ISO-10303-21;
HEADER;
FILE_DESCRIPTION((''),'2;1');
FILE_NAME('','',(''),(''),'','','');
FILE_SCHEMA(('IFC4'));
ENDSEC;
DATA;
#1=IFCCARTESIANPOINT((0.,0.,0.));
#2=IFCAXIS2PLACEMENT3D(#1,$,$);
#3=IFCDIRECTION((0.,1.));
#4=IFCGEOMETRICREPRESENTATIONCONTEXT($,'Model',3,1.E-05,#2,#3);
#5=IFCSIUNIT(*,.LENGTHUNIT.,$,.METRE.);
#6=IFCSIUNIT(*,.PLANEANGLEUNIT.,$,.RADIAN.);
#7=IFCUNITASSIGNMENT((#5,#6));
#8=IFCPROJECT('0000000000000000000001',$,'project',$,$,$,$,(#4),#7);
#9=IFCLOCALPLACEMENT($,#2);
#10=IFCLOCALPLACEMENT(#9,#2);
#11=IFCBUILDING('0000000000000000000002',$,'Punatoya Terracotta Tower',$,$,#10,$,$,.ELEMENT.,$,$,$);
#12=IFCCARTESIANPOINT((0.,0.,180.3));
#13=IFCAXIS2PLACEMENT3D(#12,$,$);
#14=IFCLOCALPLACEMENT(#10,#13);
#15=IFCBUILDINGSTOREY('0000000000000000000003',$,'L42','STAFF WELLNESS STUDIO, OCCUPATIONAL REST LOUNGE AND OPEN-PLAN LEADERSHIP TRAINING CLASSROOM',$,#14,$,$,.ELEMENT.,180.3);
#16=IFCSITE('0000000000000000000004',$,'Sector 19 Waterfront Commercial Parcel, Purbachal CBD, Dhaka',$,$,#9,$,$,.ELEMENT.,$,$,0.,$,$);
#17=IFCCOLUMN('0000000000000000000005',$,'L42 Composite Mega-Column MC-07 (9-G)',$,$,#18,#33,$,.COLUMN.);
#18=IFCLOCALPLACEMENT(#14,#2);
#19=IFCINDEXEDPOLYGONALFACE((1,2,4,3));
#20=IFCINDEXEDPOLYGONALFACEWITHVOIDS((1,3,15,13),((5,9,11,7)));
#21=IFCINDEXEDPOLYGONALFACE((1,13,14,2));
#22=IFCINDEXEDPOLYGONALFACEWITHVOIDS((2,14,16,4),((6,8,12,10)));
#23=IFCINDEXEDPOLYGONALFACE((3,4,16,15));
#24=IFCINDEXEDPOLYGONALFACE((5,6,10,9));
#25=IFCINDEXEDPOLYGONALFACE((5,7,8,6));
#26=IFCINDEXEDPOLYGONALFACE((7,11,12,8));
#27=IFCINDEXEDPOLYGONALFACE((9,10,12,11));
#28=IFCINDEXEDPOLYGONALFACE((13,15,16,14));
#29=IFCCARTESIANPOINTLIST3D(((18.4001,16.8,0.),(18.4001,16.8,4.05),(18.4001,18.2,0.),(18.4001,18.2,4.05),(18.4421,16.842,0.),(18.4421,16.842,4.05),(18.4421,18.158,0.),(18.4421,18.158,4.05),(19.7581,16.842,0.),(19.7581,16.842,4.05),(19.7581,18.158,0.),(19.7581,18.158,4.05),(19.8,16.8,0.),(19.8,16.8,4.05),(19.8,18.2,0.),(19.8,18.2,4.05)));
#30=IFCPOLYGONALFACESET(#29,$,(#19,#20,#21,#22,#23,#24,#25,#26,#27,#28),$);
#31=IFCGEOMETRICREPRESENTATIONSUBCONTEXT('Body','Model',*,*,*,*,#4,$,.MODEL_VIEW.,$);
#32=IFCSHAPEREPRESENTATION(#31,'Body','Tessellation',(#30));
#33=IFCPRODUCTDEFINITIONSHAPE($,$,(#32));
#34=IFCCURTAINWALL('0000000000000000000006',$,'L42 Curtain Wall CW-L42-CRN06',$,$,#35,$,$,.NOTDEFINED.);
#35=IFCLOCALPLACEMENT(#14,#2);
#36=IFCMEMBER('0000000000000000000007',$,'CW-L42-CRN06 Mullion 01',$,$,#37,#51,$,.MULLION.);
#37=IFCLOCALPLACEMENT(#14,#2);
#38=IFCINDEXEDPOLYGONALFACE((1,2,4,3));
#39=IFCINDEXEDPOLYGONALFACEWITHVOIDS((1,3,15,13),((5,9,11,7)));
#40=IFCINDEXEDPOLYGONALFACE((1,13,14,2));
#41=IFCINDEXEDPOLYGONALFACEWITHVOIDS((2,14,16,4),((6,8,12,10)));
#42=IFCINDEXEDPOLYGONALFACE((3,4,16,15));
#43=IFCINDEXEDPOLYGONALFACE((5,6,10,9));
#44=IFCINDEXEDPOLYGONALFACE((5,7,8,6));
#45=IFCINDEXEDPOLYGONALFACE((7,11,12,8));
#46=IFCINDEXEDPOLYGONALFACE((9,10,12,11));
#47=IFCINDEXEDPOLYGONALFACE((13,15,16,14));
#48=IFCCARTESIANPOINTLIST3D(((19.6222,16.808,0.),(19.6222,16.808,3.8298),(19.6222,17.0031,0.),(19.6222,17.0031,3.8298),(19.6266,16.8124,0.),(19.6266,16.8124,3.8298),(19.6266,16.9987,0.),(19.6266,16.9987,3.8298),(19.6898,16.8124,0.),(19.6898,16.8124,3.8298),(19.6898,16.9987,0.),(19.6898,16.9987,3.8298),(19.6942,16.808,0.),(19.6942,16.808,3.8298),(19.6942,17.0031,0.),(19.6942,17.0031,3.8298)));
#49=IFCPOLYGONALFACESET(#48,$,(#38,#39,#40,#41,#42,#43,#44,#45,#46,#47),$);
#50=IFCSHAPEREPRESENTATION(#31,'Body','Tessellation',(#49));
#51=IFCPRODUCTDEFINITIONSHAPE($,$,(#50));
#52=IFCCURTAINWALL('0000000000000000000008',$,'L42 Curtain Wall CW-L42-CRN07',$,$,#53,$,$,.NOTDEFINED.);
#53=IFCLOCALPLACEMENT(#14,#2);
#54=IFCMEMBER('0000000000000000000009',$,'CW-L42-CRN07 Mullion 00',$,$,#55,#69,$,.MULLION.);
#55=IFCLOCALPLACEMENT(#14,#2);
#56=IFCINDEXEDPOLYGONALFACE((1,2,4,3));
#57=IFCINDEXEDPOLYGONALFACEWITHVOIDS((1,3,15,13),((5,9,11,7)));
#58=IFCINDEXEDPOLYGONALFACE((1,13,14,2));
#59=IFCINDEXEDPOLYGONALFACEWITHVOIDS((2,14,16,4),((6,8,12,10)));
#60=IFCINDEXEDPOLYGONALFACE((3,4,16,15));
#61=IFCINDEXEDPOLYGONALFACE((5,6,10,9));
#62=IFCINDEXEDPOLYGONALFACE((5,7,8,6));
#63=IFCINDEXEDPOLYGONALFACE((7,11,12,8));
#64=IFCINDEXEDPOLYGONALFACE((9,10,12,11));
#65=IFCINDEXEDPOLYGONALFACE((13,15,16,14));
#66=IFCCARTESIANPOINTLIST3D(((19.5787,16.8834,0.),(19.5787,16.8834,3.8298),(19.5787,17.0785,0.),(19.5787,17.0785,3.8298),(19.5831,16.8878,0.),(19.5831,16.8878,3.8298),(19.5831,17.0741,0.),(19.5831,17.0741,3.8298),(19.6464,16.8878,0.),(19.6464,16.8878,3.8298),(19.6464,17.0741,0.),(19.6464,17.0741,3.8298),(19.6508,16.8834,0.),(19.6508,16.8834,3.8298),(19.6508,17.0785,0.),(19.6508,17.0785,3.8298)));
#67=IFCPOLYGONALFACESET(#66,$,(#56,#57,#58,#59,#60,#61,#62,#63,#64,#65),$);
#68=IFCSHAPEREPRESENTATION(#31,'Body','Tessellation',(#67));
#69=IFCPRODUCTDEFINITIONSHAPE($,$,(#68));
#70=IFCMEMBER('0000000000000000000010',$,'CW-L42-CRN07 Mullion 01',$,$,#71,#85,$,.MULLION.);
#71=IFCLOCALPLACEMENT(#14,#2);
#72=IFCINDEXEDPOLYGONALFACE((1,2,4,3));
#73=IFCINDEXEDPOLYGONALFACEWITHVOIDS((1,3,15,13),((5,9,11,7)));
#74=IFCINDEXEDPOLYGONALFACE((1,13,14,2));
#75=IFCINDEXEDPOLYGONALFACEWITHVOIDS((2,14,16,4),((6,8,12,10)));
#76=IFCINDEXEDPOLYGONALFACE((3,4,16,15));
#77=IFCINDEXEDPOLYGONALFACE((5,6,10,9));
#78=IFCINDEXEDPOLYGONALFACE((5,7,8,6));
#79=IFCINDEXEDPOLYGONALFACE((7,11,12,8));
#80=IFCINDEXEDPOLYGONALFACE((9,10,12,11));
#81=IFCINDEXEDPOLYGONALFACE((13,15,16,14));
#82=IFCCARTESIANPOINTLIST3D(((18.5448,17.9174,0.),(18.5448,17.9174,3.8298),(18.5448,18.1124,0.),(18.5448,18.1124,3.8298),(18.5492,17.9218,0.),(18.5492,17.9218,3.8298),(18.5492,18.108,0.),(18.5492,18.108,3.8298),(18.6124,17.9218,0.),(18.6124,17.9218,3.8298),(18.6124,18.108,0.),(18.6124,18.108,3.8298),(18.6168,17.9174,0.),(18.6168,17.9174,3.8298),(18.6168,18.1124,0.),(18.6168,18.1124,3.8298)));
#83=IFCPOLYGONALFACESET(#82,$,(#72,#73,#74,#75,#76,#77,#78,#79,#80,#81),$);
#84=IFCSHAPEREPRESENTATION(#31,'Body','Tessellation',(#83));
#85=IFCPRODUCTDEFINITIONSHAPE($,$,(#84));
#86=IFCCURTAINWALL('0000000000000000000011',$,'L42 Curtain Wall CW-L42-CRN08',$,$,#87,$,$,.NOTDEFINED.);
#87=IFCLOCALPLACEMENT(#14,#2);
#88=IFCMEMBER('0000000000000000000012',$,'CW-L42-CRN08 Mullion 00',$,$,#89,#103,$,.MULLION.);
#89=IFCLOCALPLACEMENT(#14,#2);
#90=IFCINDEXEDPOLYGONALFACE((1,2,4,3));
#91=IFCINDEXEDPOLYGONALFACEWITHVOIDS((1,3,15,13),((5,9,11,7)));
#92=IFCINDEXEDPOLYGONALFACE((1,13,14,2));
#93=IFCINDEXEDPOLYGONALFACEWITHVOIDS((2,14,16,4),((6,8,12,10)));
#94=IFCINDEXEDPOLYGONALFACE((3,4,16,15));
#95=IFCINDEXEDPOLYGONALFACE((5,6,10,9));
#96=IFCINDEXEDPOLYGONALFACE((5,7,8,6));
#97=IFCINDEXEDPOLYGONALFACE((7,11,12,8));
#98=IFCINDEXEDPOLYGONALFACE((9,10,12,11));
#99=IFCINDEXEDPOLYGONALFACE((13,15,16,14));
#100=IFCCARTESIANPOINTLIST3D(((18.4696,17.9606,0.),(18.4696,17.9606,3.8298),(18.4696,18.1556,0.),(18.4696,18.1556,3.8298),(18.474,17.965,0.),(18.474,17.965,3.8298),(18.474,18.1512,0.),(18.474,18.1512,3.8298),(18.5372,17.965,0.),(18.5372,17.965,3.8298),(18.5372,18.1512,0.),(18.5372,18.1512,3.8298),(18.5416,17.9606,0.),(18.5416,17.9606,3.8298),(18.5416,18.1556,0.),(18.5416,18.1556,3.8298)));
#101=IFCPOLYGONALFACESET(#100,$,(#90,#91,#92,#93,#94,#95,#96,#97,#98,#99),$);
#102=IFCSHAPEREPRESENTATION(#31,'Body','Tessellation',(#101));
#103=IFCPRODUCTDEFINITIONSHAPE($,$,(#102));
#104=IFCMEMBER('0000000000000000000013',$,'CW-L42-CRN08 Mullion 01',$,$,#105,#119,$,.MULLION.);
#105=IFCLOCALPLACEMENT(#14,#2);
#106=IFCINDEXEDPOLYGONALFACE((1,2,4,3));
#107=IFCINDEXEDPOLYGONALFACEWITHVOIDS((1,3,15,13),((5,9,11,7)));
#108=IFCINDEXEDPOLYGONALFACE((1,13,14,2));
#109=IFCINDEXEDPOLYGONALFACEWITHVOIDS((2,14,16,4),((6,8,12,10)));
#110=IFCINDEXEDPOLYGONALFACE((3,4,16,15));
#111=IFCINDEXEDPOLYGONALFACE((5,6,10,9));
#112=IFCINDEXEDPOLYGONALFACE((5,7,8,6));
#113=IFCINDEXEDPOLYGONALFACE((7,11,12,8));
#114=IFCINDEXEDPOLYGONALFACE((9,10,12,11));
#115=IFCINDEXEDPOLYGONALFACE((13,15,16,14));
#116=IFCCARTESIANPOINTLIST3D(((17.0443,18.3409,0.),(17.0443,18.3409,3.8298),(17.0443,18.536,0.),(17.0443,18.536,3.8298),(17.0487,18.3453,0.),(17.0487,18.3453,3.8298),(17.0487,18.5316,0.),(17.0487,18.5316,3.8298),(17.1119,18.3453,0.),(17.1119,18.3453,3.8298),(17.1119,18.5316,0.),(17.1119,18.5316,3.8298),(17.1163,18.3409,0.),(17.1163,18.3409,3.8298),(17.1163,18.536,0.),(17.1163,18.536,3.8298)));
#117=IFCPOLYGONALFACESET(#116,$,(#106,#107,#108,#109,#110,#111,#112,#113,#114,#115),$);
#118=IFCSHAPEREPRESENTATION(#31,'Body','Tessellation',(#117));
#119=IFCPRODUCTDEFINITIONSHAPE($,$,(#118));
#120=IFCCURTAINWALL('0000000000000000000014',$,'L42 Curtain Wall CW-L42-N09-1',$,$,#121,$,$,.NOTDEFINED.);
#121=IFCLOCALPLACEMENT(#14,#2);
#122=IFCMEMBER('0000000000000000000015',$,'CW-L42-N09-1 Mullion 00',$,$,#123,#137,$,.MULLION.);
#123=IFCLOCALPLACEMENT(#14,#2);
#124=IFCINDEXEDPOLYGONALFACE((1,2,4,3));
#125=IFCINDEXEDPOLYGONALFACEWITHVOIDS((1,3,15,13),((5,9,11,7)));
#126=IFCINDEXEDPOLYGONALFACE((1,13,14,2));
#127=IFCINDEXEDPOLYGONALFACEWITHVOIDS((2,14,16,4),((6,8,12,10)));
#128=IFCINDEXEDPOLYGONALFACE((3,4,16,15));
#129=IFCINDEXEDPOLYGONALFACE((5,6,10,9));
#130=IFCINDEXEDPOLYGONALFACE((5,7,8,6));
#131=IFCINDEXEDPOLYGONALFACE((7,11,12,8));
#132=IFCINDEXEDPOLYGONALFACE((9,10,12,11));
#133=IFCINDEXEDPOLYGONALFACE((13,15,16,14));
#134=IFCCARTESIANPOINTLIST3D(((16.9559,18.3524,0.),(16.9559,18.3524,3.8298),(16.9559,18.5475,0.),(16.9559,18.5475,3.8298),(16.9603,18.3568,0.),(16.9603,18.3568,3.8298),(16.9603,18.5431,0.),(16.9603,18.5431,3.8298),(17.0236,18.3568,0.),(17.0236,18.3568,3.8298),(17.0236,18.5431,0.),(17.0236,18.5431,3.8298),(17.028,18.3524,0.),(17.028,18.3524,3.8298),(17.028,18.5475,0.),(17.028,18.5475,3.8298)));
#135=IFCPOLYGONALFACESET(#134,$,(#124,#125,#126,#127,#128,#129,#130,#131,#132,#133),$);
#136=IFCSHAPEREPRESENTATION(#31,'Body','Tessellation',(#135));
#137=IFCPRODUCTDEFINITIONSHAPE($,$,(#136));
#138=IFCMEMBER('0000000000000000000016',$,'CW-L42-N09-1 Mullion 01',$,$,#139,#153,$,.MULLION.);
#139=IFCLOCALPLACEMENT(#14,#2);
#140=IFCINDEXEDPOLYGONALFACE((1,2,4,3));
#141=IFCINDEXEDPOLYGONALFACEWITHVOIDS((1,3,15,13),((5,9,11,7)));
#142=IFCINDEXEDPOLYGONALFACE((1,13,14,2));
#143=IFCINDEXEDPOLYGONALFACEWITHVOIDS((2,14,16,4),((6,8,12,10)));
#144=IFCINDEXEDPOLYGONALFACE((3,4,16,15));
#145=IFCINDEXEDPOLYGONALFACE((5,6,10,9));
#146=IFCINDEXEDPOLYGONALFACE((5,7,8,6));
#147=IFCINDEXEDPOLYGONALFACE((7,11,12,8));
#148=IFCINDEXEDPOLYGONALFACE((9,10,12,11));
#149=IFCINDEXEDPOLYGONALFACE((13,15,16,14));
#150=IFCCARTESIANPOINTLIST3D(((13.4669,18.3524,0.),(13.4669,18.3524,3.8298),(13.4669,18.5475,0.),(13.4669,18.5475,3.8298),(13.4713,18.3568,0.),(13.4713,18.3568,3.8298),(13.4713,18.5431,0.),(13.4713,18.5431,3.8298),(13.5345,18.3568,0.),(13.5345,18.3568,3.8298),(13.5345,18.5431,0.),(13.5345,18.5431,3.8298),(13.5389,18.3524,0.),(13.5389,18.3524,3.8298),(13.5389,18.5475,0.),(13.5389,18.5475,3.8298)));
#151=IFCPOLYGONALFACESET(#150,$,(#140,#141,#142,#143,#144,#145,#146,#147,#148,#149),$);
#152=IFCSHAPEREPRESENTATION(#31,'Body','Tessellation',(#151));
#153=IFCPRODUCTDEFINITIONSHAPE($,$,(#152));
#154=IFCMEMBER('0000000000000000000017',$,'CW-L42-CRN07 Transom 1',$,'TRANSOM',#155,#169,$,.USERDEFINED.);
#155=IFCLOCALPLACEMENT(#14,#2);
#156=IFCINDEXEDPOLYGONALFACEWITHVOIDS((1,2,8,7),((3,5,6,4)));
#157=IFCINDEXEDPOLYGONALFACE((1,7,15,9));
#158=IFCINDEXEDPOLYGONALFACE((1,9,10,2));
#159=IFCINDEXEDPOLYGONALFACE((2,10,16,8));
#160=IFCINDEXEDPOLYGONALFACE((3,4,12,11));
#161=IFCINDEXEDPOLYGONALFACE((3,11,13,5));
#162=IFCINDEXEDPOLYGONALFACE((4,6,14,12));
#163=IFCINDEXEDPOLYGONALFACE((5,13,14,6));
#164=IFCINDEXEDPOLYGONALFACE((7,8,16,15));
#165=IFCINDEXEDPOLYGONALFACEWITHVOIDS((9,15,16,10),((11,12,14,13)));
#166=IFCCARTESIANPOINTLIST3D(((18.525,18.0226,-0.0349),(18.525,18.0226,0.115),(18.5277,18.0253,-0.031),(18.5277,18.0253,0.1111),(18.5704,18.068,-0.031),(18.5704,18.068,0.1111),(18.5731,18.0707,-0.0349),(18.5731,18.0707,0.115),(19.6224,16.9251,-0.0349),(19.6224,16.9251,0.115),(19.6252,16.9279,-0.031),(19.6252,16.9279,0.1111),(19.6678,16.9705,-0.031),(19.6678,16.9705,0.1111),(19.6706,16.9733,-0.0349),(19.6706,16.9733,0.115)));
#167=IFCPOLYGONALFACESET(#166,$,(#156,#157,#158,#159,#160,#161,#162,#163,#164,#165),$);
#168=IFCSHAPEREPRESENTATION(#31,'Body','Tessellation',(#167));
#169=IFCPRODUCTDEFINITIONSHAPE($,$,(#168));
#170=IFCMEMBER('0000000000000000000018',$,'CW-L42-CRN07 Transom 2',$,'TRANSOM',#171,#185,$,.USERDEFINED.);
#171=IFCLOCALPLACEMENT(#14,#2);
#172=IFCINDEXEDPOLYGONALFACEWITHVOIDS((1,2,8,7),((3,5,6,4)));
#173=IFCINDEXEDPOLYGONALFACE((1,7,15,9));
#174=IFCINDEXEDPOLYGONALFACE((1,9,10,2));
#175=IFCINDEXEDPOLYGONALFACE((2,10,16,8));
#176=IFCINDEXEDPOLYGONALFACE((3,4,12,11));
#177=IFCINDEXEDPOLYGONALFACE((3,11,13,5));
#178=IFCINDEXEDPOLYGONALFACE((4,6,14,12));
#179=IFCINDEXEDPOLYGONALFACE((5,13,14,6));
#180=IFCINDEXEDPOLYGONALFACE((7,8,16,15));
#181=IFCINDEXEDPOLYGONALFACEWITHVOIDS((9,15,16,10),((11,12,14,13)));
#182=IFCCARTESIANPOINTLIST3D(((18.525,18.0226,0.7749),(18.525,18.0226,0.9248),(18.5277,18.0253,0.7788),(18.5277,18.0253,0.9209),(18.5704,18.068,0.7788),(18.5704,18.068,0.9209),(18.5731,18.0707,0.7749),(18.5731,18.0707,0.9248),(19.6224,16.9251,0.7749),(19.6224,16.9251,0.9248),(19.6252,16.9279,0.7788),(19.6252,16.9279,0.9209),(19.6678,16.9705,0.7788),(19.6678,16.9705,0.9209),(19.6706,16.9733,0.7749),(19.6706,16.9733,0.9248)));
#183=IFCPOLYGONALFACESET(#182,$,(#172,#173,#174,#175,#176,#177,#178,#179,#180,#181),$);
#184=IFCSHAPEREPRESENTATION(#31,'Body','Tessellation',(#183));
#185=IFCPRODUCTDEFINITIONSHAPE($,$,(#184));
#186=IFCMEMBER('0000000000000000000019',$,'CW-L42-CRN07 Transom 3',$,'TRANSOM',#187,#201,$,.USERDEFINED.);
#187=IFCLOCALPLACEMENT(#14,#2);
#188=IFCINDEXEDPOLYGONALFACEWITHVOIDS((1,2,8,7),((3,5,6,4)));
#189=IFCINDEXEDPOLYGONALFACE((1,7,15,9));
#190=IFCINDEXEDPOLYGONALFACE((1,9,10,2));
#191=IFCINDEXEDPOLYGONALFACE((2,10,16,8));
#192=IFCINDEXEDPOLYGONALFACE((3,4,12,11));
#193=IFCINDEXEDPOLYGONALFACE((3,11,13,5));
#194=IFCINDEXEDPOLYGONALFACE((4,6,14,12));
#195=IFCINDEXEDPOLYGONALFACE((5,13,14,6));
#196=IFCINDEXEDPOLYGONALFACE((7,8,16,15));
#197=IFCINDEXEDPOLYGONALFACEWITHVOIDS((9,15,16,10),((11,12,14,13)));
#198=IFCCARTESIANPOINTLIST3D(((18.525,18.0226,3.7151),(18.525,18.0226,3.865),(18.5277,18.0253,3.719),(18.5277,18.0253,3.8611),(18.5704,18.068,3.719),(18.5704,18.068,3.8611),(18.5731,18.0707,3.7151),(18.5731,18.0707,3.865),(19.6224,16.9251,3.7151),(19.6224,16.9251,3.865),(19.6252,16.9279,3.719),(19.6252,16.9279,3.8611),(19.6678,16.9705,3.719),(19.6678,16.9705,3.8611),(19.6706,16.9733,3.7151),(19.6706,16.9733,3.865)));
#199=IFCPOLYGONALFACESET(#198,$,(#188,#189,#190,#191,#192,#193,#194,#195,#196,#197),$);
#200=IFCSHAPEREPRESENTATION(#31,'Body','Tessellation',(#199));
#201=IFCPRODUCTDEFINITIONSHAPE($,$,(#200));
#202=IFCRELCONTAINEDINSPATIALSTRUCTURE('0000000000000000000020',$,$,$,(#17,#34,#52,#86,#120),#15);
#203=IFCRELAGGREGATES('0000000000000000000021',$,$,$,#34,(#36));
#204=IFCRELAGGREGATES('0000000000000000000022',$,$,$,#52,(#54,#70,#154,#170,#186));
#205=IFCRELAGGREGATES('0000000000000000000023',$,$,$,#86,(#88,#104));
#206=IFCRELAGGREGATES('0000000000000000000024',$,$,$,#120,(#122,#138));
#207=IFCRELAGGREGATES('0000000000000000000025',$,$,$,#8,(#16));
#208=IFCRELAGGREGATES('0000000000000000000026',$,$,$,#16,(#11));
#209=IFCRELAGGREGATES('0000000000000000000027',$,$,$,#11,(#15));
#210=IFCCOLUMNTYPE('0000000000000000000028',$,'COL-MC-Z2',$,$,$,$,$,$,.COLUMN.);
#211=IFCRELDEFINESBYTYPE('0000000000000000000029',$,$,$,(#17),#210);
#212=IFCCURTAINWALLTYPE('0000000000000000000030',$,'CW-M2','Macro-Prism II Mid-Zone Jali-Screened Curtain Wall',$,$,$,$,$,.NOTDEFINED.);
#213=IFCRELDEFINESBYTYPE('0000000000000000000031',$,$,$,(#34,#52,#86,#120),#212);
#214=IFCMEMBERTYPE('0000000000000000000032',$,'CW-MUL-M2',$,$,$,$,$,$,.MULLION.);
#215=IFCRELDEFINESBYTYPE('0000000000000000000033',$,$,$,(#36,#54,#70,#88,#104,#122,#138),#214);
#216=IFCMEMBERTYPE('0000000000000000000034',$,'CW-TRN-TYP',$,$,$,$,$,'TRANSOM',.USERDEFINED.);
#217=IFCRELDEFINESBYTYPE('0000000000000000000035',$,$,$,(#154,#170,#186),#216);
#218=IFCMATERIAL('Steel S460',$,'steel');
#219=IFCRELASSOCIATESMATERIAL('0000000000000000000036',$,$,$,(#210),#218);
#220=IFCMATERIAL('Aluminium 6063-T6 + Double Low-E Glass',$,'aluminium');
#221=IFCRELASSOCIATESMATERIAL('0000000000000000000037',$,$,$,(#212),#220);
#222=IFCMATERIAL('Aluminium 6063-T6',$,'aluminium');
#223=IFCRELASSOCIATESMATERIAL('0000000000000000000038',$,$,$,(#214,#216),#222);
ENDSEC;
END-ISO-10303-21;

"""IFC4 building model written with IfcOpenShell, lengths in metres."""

from ifc_helpers import new_model, si_unit, direction, frame, origin, origin_2d, place, context, subcontext, project, spatial, hollow_rectangle, extrude, material, material_profile, profile_set, type_object, element, aggregate, save


model = new_model("IFC4")

# Units and contexts
model_context = context("Model", 3, precision=1e-05, world=origin(), true_north=direction((0.0, 1.0)))
body_context = subcontext(model_context, "Body", "Model", "MODEL_VIEW")
ifc_project = project(units=[si_unit("LENGTHUNIT", "METRE"), si_unit("PLANEANGLEUNIT", "RADIAN")], contexts=[model_context])

# Site, building, storey
site_placement = place(None, origin())
site = spatial("IfcSite", under=ifc_project, at=site_placement, Name="Sector 19 Waterfront Commercial Parcel, Purbachal CBD, Dhaka", CompositionType="ELEMENT", RefElevation=0.0)
building_placement = place(site_placement, origin())
building = spatial("IfcBuilding", under=site, at=building_placement, Name="Punatoya Terracotta Tower", CompositionType="ELEMENT")
storey_placement = place(building_placement, frame((0.0, 0.0, 180.3)))
storey = spatial("IfcBuildingStorey", under=building, at=storey_placement, Name="L42", Description="STAFF WELLNESS STUDIO, OCCUPATIONAL REST LOUNGE AND OPEN-PLAN LEADERSHIP TRAINING CLASSROOM", CompositionType="ELEMENT", Elevation=180.3)

# Column
ifc_material_1 = material(Name="Steel S460", Category="steel")
ifc_material_profile_1 = material_profile(ifc_material_1, hollow_rectangle(XDim=1.3999, YDim=1.3999, WallThickness=0.042, at=origin_2d()))
ifc_profile_set_1 = profile_set([ifc_material_profile_1], Name="Steel S460")
column_type = type_object("IfcColumnType", Name="COL-MC-Z2", PredefinedType="COLUMN", material=ifc_profile_set_1)
column_placement = place(storey_placement, frame((19.1001, 17.5, 0.0), z_axis=(0.0, 0.0, 1.0), x_axis=(1.0, 0.0, 0.0)))
element("IfcColumn", 1, at=column_placement, inside=storey, type_object=column_type, Name="L42 Composite Mega-Column MC-07 (9-G)", PredefinedType="COLUMN", context=body_context, shape_type="SweptSolid", body=[
    extrude(hollow_rectangle(XDim=1.3999, YDim=1.3999, WallThickness=0.042, at=origin_2d()), origin(), (0.0, 0.0, 1.0), 4.05),
])

# Curtain wall, member
ifc_material_2 = material(Name="Aluminium 6063-T6 + Double Low-E Glass", Category="aluminium")
curtain_wall_type = type_object("IfcCurtainWallType", Name="CW-M2", Description="Macro-Prism II Mid-Zone Jali-Screened Curtain Wall", PredefinedType="NOTDEFINED", material=ifc_material_2)
curtain_wall_1_placement = place(storey_placement, origin())
curtain_wall_1 = element("IfcCurtainWall", 2, at=curtain_wall_1_placement, inside=storey, type_object=curtain_wall_type, Name="L42 Curtain Wall CW-L42-CRN06", PredefinedType="NOTDEFINED")
ifc_material_3 = material(Name="Aluminium 6063-T6", Category="aluminium")
ifc_material_profile_2 = material_profile(ifc_material_3, hollow_rectangle(XDim=0.072, YDim=0.1951, WallThickness=0.0044, at=origin_2d()))
ifc_profile_set_2 = profile_set([ifc_material_profile_2], Name="Aluminium 6063-T6")
member_type_1 = type_object("IfcMemberType", Name="CW-MUL-M2", PredefinedType="MULLION", material=ifc_profile_set_2)
member_1_placement = place(storey_placement, frame((19.6582, 16.9055, 0.0), z_axis=(0.0, 0.0, 1.0), x_axis=(1.0, 0.0, 0.0)))
member_1 = element("IfcMember", 3, at=member_1_placement, type_object=member_type_1, Name="CW-L42-CRN06 Mullion 01", PredefinedType="MULLION", context=body_context, shape_type="SweptSolid", body=[
    extrude(hollow_rectangle(XDim=0.072, YDim=0.1951, WallThickness=0.0044, at=origin_2d()), origin(), (0.0, 0.0, 1.0), 3.8298),
])

# Curtain walls, members
curtain_wall_2_placement = place(storey_placement, origin())
curtain_wall_2 = element("IfcCurtainWall", 4, at=curtain_wall_2_placement, inside=storey, type_object=curtain_wall_type, Name="L42 Curtain Wall CW-L42-CRN07", PredefinedType="NOTDEFINED")
member_2_placement = place(storey_placement, frame((19.6147, 16.981, 0.0), z_axis=(0.0, 0.0, 1.0), x_axis=(1.0, 0.0, 0.0)))
member_2 = element("IfcMember", 5, at=member_2_placement, type_object=member_type_1, Name="CW-L42-CRN07 Mullion 00", PredefinedType="MULLION", context=body_context, shape_type="SweptSolid", body=[
    extrude(hollow_rectangle(XDim=0.072, YDim=0.1951, WallThickness=0.0044, at=origin_2d()), origin(), (0.0, 0.0, 1.0), 3.8298),
])
member_3_placement = place(storey_placement, frame((18.5808, 18.0149, 0.0), z_axis=(0.0, 0.0, 1.0), x_axis=(1.0, 0.0, 0.0)))
member_3 = element("IfcMember", 6, at=member_3_placement, type_object=member_type_1, Name="CW-L42-CRN07 Mullion 01", PredefinedType="MULLION", context=body_context, shape_type="SweptSolid", body=[
    extrude(hollow_rectangle(XDim=0.072, YDim=0.1951, WallThickness=0.0044, at=origin_2d()), origin(), (0.0, 0.0, 1.0), 3.8298),
])
curtain_wall_3_placement = place(storey_placement, origin())
curtain_wall_3 = element("IfcCurtainWall", 7, at=curtain_wall_3_placement, inside=storey, type_object=curtain_wall_type, Name="L42 Curtain Wall CW-L42-CRN08", PredefinedType="NOTDEFINED")
member_4_placement = place(storey_placement, frame((18.5056, 18.0581, 0.0), z_axis=(0.0, 0.0, 1.0), x_axis=(1.0, 0.0, 0.0)))
member_4 = element("IfcMember", 8, at=member_4_placement, type_object=member_type_1, Name="CW-L42-CRN08 Mullion 00", PredefinedType="MULLION", context=body_context, shape_type="SweptSolid", body=[
    extrude(hollow_rectangle(XDim=0.072, YDim=0.1951, WallThickness=0.0044, at=origin_2d()), origin(), (0.0, 0.0, 1.0), 3.8298),
])
member_5_placement = place(storey_placement, frame((17.0803, 18.4385, 0.0), z_axis=(0.0, 0.0, 1.0), x_axis=(1.0, 0.0, 0.0)))
member_5 = element("IfcMember", 9, at=member_5_placement, type_object=member_type_1, Name="CW-L42-CRN08 Mullion 01", PredefinedType="MULLION", context=body_context, shape_type="SweptSolid", body=[
    extrude(hollow_rectangle(XDim=0.072, YDim=0.1951, WallThickness=0.0044, at=origin_2d()), origin(), (0.0, 0.0, 1.0), 3.8298),
])
curtain_wall_4_placement = place(storey_placement, origin())
curtain_wall_4 = element("IfcCurtainWall", 10, at=curtain_wall_4_placement, inside=storey, type_object=curtain_wall_type, Name="L42 Curtain Wall CW-L42-N09-1", PredefinedType="NOTDEFINED")
member_6_placement = place(storey_placement, frame((16.9919, 18.45, 0.0), z_axis=(0.0, 0.0, 1.0), x_axis=(1.0, 0.0, 0.0)))
member_6 = element("IfcMember", 11, at=member_6_placement, type_object=member_type_1, Name="CW-L42-N09-1 Mullion 00", PredefinedType="MULLION", context=body_context, shape_type="SweptSolid", body=[
    extrude(hollow_rectangle(XDim=0.072, YDim=0.1951, WallThickness=0.0044, at=origin_2d()), origin(), (0.0, 0.0, 1.0), 3.8298),
])
member_7_placement = place(storey_placement, frame((13.5029, 18.45, 0.0), z_axis=(0.0, 0.0, 1.0), x_axis=(1.0, 0.0, 0.0)))
member_7 = element("IfcMember", 12, at=member_7_placement, type_object=member_type_1, Name="CW-L42-N09-1 Mullion 01", PredefinedType="MULLION", context=body_context, shape_type="SweptSolid", body=[
    extrude(hollow_rectangle(XDim=0.072, YDim=0.1951, WallThickness=0.0044, at=origin_2d()), origin(), (0.0, 0.0, 1.0), 3.8298),
])

# Members
ifc_material_profile_3 = material_profile(ifc_material_3, hollow_rectangle(XDim=0.0681, YDim=0.1499, WallThickness=0.0039, at=origin_2d()))
ifc_profile_set_3 = profile_set([ifc_material_profile_3], Name="Aluminium 6063-T6")
member_type_2 = type_object("IfcMemberType", Name="CW-TRN-TYP", ElementType="TRANSOM", PredefinedType="USERDEFINED", material=ifc_profile_set_3)
member_8_placement = place(storey_placement, frame((19.6465, 16.9492, 0.04), z_axis=(-0.707107, 0.707107, 0.0), x_axis=(-0.707107, -0.707107, 0.0)))
member_8 = element("IfcMember", 13, at=member_8_placement, type_object=member_type_2, Name="CW-L42-CRN07 Transom 1", ObjectType="TRANSOM", PredefinedType="USERDEFINED", context=body_context, shape_type="SweptSolid", body=[
    extrude(hollow_rectangle(XDim=0.0681, YDim=0.1499, WallThickness=0.0039, at=origin_2d()), origin(), (0.0, 0.0, 1.0), 1.552),
])
member_9_placement = place(storey_placement, frame((19.6465, 16.9492, 0.8499), z_axis=(-0.707107, 0.707107, 0.0), x_axis=(-0.707107, -0.707107, 0.0)))
member_9 = element("IfcMember", 14, at=member_9_placement, type_object=member_type_2, Name="CW-L42-CRN07 Transom 2", ObjectType="TRANSOM", PredefinedType="USERDEFINED", context=body_context, shape_type="SweptSolid", body=[
    extrude(hollow_rectangle(XDim=0.0681, YDim=0.1499, WallThickness=0.0039, at=origin_2d()), origin(), (0.0, 0.0, 1.0), 1.552),
])
member_10_placement = place(storey_placement, frame((19.6465, 16.9492, 3.79), z_axis=(-0.707107, 0.707107, 0.0), x_axis=(-0.707107, -0.707107, 0.0)))
member_10 = element("IfcMember", 15, at=member_10_placement, type_object=member_type_2, Name="CW-L42-CRN07 Transom 3", ObjectType="TRANSOM", PredefinedType="USERDEFINED", context=body_context, shape_type="SweptSolid", body=[
    extrude(hollow_rectangle(XDim=0.0681, YDim=0.1499, WallThickness=0.0039, at=origin_2d()), origin(), (0.0, 0.0, 1.0), 1.552),
])

aggregate(curtain_wall_1, [member_1])
aggregate(curtain_wall_2, [member_2, member_3, member_8, member_9, member_10])
aggregate(curtain_wall_3, [member_4, member_5])
aggregate(curtain_wall_4, [member_6, member_7])

save(model, "model.ifc")
